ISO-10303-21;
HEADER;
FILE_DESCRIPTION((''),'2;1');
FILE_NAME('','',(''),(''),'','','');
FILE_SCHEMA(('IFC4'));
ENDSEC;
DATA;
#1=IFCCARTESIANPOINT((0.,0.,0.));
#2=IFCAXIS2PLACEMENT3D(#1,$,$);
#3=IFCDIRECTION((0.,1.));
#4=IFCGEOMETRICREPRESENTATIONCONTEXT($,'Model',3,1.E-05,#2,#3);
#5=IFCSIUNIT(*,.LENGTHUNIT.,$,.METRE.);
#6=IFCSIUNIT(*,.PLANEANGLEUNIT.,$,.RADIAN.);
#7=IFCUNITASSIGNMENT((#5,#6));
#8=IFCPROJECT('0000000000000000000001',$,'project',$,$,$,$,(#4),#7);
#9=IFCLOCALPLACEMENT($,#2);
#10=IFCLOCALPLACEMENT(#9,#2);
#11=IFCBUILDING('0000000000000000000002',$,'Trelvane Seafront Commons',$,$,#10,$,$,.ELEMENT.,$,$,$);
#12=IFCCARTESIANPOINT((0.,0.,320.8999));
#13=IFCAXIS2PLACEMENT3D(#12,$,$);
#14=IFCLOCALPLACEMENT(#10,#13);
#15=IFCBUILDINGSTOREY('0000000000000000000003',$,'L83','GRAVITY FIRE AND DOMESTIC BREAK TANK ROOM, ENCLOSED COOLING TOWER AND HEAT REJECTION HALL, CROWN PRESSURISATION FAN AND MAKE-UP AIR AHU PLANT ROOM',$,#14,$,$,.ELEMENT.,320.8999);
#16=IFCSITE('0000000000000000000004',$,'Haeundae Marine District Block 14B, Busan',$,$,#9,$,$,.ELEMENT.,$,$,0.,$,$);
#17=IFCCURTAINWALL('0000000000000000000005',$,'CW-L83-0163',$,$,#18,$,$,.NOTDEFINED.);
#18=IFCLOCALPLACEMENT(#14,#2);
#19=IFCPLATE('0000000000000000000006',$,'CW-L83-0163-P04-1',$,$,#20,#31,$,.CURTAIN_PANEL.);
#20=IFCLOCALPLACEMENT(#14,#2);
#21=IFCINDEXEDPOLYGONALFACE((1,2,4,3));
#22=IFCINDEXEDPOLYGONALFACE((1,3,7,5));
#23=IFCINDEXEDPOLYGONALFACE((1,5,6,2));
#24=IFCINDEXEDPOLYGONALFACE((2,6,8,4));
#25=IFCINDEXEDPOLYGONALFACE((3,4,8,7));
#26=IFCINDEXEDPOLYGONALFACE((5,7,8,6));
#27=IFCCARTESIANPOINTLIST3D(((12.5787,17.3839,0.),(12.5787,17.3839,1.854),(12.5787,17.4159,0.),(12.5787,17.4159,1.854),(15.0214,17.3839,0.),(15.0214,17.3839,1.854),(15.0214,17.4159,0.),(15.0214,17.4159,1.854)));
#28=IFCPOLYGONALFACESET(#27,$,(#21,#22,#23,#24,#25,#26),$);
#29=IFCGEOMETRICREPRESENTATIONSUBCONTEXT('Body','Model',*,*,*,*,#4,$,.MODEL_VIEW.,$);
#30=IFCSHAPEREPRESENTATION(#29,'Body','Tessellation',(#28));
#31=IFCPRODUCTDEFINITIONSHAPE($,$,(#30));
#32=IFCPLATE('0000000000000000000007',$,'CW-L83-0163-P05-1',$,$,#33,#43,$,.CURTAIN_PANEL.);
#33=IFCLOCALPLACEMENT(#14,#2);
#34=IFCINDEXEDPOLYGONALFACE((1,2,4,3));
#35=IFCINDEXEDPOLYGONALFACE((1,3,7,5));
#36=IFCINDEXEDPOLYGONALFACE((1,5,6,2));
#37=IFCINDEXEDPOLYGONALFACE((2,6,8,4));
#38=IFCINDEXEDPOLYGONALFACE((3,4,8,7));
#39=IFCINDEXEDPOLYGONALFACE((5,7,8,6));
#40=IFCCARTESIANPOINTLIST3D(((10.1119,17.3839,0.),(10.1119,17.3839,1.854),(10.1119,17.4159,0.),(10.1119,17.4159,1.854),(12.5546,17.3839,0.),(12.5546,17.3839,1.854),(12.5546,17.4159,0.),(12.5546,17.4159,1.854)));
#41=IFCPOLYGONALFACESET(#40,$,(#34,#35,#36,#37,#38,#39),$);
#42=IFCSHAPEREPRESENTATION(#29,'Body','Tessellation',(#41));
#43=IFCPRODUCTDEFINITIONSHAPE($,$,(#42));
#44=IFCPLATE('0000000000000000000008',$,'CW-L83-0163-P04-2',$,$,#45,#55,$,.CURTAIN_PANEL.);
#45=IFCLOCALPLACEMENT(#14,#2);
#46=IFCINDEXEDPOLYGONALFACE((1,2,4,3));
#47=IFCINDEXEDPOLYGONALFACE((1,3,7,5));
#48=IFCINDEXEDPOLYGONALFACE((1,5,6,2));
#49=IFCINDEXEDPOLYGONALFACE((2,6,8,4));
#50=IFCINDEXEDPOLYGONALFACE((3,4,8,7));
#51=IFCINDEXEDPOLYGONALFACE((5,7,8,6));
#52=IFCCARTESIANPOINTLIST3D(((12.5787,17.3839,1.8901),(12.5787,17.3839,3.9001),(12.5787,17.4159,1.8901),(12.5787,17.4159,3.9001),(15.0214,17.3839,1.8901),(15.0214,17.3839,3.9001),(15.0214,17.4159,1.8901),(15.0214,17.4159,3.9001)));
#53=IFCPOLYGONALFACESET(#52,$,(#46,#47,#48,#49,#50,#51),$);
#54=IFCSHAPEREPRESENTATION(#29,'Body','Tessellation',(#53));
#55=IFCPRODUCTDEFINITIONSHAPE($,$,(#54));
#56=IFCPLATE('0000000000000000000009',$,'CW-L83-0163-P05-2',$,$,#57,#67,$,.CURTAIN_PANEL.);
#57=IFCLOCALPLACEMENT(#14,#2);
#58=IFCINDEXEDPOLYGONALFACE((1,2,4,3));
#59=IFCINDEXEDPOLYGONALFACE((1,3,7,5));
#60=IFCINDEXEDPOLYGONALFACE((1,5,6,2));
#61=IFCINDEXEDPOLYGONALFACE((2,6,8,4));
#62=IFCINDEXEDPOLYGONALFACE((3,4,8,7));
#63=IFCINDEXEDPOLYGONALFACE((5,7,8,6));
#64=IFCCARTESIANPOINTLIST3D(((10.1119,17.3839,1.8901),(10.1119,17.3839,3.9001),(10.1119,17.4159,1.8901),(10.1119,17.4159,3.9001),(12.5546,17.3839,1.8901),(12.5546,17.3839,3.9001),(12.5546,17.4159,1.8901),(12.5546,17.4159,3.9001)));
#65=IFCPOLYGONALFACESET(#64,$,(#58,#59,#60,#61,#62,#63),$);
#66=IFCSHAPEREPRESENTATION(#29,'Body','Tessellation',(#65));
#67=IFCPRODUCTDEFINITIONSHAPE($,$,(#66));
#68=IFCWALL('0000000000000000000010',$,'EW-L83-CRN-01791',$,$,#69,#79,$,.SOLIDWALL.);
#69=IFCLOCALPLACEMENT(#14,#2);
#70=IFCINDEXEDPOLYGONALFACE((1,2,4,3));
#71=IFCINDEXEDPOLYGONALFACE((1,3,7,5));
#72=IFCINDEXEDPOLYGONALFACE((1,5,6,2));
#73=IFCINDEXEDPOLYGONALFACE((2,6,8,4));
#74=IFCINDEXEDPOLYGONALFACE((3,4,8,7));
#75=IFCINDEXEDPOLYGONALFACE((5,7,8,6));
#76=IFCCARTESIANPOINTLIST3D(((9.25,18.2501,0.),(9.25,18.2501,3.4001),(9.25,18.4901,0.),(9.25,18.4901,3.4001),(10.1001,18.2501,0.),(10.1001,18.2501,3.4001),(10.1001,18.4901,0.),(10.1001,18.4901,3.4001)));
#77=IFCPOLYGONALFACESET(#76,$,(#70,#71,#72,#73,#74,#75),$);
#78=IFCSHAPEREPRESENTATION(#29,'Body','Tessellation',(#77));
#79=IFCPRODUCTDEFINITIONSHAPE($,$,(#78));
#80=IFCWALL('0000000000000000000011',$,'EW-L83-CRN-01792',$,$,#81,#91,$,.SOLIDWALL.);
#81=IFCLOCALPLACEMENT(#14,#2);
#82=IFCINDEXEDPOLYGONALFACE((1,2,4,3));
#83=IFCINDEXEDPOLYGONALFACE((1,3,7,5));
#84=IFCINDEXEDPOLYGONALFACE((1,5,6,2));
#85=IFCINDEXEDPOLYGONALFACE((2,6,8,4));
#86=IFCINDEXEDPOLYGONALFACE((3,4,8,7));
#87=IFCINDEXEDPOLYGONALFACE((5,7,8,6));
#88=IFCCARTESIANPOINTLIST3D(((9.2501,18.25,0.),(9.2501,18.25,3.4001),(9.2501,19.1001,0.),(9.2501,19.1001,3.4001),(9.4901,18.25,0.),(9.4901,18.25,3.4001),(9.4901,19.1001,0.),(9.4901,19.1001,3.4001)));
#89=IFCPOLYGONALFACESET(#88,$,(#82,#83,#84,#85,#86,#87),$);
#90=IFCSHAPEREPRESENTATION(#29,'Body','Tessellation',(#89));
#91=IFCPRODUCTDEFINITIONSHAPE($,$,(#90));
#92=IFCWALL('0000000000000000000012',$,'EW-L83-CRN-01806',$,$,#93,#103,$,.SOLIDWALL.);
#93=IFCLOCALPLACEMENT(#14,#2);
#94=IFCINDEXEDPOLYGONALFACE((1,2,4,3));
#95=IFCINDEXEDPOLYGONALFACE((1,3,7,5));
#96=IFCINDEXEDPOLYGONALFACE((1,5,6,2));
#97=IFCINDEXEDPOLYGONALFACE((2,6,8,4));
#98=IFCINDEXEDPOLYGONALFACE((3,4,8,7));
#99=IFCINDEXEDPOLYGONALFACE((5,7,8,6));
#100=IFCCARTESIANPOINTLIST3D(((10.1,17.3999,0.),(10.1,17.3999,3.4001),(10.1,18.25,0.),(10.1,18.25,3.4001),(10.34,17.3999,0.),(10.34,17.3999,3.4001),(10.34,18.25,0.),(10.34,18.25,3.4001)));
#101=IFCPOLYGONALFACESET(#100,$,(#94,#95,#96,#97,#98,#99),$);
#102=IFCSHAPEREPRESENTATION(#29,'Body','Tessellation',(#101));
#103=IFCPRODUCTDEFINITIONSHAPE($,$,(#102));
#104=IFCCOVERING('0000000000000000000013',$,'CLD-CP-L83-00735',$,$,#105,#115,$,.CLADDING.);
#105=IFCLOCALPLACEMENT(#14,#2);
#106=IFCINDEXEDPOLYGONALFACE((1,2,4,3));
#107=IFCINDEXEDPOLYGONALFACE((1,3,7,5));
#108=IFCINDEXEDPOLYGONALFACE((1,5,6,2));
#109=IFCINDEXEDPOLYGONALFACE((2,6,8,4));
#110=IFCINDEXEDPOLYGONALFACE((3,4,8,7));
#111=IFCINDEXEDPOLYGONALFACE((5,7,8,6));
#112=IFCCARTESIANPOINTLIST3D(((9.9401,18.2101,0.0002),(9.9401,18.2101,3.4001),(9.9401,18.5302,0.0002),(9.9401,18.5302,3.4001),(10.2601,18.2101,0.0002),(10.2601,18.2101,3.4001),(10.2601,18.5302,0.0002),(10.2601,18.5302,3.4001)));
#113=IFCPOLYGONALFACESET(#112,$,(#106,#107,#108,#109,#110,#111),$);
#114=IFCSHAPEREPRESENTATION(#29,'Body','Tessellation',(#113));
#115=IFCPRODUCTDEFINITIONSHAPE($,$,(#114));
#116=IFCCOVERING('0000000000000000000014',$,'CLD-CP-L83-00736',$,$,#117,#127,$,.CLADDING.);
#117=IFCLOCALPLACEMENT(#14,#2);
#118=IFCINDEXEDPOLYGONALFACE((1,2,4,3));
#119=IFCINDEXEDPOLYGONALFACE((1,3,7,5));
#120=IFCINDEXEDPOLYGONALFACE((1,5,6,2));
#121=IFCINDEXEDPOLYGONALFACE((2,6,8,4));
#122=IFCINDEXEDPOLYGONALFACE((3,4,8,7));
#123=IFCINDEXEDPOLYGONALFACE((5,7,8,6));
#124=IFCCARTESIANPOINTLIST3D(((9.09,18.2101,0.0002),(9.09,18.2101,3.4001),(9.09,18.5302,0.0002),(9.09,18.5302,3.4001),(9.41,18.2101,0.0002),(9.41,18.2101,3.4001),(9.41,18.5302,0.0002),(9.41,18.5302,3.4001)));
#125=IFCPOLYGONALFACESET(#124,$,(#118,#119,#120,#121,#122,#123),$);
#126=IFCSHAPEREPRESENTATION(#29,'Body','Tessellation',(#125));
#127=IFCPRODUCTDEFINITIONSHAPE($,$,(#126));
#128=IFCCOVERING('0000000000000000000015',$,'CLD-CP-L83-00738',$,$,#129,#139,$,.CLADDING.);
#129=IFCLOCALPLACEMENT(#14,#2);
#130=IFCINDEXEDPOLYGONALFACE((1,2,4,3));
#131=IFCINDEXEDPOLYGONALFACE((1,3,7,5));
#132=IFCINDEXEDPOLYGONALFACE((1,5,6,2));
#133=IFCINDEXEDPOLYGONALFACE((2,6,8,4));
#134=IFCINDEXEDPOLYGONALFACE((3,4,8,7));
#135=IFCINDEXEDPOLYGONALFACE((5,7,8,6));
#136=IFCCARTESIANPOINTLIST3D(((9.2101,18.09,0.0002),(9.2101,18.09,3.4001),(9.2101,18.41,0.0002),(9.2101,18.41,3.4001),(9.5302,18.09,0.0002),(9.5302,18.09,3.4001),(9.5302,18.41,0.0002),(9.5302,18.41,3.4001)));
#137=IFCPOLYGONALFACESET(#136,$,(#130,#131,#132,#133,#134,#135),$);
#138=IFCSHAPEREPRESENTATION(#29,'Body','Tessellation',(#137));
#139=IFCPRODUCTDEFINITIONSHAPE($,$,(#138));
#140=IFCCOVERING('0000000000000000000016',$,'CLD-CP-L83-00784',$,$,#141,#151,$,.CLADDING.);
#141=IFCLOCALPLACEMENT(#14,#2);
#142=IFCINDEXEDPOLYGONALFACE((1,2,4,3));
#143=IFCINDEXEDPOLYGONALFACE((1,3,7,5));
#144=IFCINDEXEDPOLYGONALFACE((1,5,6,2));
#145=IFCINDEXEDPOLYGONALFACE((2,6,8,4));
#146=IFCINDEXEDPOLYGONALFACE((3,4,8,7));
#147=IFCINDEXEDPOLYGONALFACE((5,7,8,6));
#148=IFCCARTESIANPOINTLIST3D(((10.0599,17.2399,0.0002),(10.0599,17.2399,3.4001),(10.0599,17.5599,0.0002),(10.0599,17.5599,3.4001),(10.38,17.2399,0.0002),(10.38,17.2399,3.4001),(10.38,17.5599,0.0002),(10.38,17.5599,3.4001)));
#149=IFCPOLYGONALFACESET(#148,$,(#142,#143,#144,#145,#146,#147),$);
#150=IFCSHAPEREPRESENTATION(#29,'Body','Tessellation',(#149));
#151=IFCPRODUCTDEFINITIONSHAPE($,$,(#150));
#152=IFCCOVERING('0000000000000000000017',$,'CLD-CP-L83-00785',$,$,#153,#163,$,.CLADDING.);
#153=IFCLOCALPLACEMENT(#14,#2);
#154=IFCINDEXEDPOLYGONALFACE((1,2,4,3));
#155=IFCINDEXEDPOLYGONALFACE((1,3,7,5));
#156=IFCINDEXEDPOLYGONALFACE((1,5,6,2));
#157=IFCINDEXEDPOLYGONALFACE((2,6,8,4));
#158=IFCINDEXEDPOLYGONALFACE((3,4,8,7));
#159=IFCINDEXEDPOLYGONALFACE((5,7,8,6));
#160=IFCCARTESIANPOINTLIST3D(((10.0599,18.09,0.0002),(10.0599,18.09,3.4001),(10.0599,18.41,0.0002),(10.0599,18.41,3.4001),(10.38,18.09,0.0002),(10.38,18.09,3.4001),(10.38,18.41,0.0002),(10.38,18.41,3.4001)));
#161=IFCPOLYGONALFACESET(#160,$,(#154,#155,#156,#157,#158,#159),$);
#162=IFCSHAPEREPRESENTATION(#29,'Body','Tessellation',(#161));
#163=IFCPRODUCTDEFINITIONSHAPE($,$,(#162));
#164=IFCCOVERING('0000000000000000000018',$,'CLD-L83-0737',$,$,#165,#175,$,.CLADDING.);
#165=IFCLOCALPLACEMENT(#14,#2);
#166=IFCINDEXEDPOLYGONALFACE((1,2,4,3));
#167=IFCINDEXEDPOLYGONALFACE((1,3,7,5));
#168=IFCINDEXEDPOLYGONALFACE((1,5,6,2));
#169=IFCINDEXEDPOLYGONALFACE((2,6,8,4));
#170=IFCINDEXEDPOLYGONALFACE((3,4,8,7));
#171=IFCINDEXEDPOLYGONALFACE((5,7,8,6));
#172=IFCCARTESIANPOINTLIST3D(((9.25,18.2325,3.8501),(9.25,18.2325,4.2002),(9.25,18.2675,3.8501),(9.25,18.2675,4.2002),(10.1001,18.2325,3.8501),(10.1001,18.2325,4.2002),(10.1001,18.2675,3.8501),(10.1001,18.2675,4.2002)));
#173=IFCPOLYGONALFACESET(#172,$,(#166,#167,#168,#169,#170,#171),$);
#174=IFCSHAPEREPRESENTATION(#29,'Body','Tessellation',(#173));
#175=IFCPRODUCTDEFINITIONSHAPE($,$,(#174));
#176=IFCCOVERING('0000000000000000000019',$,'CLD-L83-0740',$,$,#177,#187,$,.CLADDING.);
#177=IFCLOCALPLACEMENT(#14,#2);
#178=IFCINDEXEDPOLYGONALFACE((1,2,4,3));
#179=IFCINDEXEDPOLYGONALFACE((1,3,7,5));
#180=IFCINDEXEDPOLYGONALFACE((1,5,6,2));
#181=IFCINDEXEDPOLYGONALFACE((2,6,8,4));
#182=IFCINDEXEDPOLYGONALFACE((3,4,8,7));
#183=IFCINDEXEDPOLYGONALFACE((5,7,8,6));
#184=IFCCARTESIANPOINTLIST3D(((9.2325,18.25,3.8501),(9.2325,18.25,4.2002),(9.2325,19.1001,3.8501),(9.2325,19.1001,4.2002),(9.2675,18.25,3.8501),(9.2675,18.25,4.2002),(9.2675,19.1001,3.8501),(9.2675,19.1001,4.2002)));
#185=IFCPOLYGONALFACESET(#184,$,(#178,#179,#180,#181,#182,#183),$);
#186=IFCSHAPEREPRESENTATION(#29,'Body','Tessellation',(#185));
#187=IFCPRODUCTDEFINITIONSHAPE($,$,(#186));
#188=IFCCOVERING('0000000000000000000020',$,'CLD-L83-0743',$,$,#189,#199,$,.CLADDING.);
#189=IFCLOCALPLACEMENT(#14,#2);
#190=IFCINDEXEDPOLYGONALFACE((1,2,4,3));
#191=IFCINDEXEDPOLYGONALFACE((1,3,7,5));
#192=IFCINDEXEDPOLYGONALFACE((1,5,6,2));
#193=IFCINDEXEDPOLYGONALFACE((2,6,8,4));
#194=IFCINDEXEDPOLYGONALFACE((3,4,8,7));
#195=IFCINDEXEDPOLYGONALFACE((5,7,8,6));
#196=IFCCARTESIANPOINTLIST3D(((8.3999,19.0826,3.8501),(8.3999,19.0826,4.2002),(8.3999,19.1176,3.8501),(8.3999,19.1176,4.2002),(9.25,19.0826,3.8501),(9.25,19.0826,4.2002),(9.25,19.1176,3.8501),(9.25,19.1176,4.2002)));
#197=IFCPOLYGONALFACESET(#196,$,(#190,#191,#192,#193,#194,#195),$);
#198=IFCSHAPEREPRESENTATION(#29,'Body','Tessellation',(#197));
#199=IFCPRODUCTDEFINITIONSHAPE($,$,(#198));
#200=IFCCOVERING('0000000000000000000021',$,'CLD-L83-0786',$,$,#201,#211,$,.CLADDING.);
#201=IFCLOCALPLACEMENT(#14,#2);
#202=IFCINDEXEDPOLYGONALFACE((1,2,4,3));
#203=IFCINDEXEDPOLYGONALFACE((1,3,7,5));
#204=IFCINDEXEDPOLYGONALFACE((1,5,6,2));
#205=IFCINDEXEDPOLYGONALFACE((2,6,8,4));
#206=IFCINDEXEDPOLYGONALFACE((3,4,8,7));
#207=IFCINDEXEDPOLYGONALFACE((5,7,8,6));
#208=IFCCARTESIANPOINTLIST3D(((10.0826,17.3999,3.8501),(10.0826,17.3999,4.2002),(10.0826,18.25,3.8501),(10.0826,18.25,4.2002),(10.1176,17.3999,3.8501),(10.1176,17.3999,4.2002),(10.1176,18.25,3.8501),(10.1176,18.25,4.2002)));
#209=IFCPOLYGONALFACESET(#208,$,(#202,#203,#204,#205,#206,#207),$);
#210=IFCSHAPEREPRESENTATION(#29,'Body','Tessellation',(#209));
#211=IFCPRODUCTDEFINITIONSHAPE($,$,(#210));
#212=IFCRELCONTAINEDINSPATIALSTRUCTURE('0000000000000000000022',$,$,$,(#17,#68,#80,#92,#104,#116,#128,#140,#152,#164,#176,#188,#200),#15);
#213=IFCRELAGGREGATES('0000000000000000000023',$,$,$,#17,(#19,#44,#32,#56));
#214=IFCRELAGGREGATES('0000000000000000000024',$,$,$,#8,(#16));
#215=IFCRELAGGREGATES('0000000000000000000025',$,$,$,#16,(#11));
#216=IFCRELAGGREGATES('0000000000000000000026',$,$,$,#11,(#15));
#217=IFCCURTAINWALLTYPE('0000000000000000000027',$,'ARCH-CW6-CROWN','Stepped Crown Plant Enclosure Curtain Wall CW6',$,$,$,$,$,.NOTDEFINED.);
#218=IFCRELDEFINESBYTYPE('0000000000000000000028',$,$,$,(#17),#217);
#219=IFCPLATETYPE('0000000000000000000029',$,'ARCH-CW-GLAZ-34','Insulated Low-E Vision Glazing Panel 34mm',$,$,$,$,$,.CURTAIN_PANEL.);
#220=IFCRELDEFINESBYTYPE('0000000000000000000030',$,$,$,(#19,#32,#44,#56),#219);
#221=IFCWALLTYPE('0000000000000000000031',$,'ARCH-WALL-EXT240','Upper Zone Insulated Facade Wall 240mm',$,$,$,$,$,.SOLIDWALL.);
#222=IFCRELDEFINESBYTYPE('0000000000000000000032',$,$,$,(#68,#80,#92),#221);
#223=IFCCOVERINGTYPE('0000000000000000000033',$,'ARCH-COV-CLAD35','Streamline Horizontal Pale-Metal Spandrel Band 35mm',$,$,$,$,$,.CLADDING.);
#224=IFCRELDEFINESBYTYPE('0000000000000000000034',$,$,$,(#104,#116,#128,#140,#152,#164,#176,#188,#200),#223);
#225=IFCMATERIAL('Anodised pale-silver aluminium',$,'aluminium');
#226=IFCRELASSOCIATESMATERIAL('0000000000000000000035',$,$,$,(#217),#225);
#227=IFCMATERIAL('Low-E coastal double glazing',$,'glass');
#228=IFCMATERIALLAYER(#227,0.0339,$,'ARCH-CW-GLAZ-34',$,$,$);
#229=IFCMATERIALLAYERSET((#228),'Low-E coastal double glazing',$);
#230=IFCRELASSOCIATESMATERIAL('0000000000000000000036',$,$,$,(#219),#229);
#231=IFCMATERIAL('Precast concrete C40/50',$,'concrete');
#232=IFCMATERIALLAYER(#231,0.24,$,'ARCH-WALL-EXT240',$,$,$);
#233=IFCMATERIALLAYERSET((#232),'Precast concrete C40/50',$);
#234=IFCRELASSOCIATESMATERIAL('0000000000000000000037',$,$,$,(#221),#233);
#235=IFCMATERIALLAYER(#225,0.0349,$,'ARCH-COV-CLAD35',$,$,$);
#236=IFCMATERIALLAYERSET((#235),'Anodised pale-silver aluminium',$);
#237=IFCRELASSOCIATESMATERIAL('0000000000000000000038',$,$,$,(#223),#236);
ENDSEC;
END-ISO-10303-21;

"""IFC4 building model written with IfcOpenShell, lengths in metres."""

from ifc_helpers import new_model, si_unit, direction, frame, frame_2d, origin, origin_2d, place, context, subcontext, project, spatial, rectangle, extrude, source, transform, mapped, material, layer, layer_set, type_object, element, aggregate, save


model = new_model("IFC4")

# Units and contexts
model_context = context("Model", 3, precision=1e-05, world=origin(), true_north=direction((0.0, 1.0)))
body_context = subcontext(model_context, "Body", "Model", "MODEL_VIEW")
ifc_project = project(units=[si_unit("LENGTHUNIT", "METRE"), si_unit("PLANEANGLEUNIT", "RADIAN")], contexts=[model_context])

# Site, building, storey
site_placement = place(None, origin())
site = spatial("IfcSite", under=ifc_project, at=site_placement, Name="Haeundae Marine District Block 14B, Busan", CompositionType="ELEMENT", RefElevation=0.0)
building_placement = place(site_placement, origin())
building = spatial("IfcBuilding", under=site, at=building_placement, Name="Trelvane Seafront Commons", CompositionType="ELEMENT")
storey_placement = place(building_placement, frame((0.0, 0.0, 320.8999)))
storey = spatial("IfcBuildingStorey", under=building, at=storey_placement, Name="L83", Description="GRAVITY FIRE AND DOMESTIC BREAK TANK ROOM, ENCLOSED COOLING TOWER AND HEAT REJECTION HALL, CROWN PRESSURISATION FAN AND MAKE-UP AIR AHU PLANT ROOM", CompositionType="ELEMENT", Elevation=320.8999)

# Curtain wall
ifc_material_1 = material(Name="Anodised pale-silver aluminium", Category="aluminium")
curtain_wall_type = type_object("IfcCurtainWallType", Name="ARCH-CW6-CROWN", Description="Stepped Crown Plant Enclosure Curtain Wall CW6", PredefinedType="NOTDEFINED", material=ifc_material_1)
curtain_wall_placement = place(storey_placement, origin())
curtain_wall = element("IfcCurtainWall", 1, at=curtain_wall_placement, inside=storey, type_object=curtain_wall_type, Name="CW-L83-0163", PredefinedType="NOTDEFINED")

# Plates
ifc_material_2 = material(Name="Low-E coastal double glazing", Category="glass")
ifc_layer_1 = layer(ifc_material_2, 0.0339, Name="ARCH-CW-GLAZ-34")
ifc_layer_set_1 = layer_set([ifc_layer_1], Name="Low-E coastal double glazing")
plate_type = type_object("IfcPlateType", Name="ARCH-CW-GLAZ-34", Description="Insulated Low-E Vision Glazing Panel 34mm", PredefinedType="CURTAIN_PANEL", material=ifc_layer_set_1)
shared_shape_1 = source(origin(), body_context, "Body", "SweptSolid", [
    extrude(rectangle(XDim=2.4426, YDim=0.032, at=origin_2d()), origin(), (0.0, 0.0, 1.0), 1.854),
])
plate_1_placement = place(storey_placement, frame((13.8, 17.3999, 0.0), z_axis=(0.0, 0.0, 1.0), x_axis=(-1.0, 0.0, 0.0)))
plate_1 = element("IfcPlate", 2, at=plate_1_placement, type_object=plate_type, Name="CW-L83-0163-P04-1", PredefinedType="CURTAIN_PANEL", context=body_context, shape_type="MappedRepresentation", body=[
    mapped(shared_shape_1, transform((0.0, 0.0, 0.0), x_axis=(1.0, 0.0, 0.0), y_axis=(0.0, 1.0, 0.0), z_axis=(0.0, 0.0, 1.0), scale=1.0)),
])
plate_2_placement = place(storey_placement, frame((11.3333, 17.3999, 0.0), z_axis=(0.0, 0.0, 1.0), x_axis=(-1.0, 0.0, 0.0)))
plate_2 = element("IfcPlate", 3, at=plate_2_placement, type_object=plate_type, Name="CW-L83-0163-P05-1", PredefinedType="CURTAIN_PANEL", context=body_context, shape_type="MappedRepresentation", body=[
    mapped(shared_shape_1, transform((0.0, 0.0, 0.0), x_axis=(1.0, 0.0, 0.0), y_axis=(0.0, 1.0, 0.0), z_axis=(0.0, 0.0, 1.0), scale=1.0)),
])
shared_shape_2 = source(origin(), body_context, "Body", "SweptSolid", [
    extrude(rectangle(XDim=2.4426, YDim=0.032, at=origin_2d()), origin(), (0.0, 0.0, 1.0), 2.01),
])
plate_3_placement = place(storey_placement, frame((13.8, 17.3999, 1.8901), z_axis=(0.0, 0.0, 1.0), x_axis=(-1.0, 0.0, 0.0)))
plate_3 = element("IfcPlate", 4, at=plate_3_placement, type_object=plate_type, Name="CW-L83-0163-P04-2", PredefinedType="CURTAIN_PANEL", context=body_context, shape_type="MappedRepresentation", body=[
    mapped(shared_shape_2, transform((0.0, 0.0, 0.0), x_axis=(1.0, 0.0, 0.0), y_axis=(0.0, 1.0, 0.0), z_axis=(0.0, 0.0, 1.0), scale=1.0)),
])
plate_4_placement = place(storey_placement, frame((11.3333, 17.3999, 1.8901), z_axis=(0.0, 0.0, 1.0), x_axis=(-1.0, 0.0, 0.0)))
plate_4 = element("IfcPlate", 5, at=plate_4_placement, type_object=plate_type, Name="CW-L83-0163-P05-2", PredefinedType="CURTAIN_PANEL", context=body_context, shape_type="MappedRepresentation", body=[
    mapped(shared_shape_2, transform((0.0, 0.0, 0.0), x_axis=(1.0, 0.0, 0.0), y_axis=(0.0, 1.0, 0.0), z_axis=(0.0, 0.0, 1.0), scale=1.0)),
])
aggregate(curtain_wall, [plate_1, plate_3, plate_2, plate_4])

# Walls
ifc_material_3 = material(Name="Precast concrete C40/50", Category="concrete")
ifc_layer_2 = layer(ifc_material_3, 0.24, Name="ARCH-WALL-EXT240")
ifc_layer_set_2 = layer_set([ifc_layer_2], Name="Precast concrete C40/50")
wall_type = type_object("IfcWallType", Name="ARCH-WALL-EXT240", Description="Upper Zone Insulated Facade Wall 240mm", PredefinedType="SOLIDWALL", material=ifc_layer_set_2)
for number, where, z_axis, x_axis, name in (
    (6, (10.1001, 18.3701, 0.0), (0.0, 0.0, 1.0), (-1.0, 0.0, 0.0), "EW-L83-CRN-01791"),
    (7, (9.3701, 18.25, 0.0), (0.0, 0.0, 1.0), (0.0, 1.0, 0.0), "EW-L83-CRN-01792"),
    (8, (10.22, 17.3999, 0.0), (0.0, 0.0, 1.0), (0.0, 1.0, 0.0), "EW-L83-CRN-01806"),
):
    element("IfcWall", number, at=place(storey_placement, frame(where, z_axis=z_axis, x_axis=x_axis)), inside=storey, type_object=wall_type, Name=name, PredefinedType="SOLIDWALL", context=body_context, shape_type="SweptSolid", body=[
        extrude(rectangle(XDim=0.8501, YDim=0.24, at=frame_2d((0.425, 0.0))), origin(), (0.0, 0.0, 1.0), 3.4001),
    ])

# Coverings
ifc_layer_3 = layer(ifc_material_1, 0.0349, Name="ARCH-COV-CLAD35")
ifc_layer_set_3 = layer_set([ifc_layer_3], Name="Anodised pale-silver aluminium")
covering_type = type_object("IfcCoveringType", Name="ARCH-COV-CLAD35", Description="Streamline Horizontal Pale-Metal Spandrel Band 35mm", PredefinedType="CLADDING", material=ifc_layer_set_3)
shared_shape_3 = source(origin(), body_context, "Body", "SweptSolid", [
    extrude(rectangle(XDim=0.3201, YDim=0.3201, at=origin_2d()), origin(), (0.0, 0.0, 1.0), 3.3999),
])
for number, where, z_axis, x_axis, name in (
    (9, (10.1001, 18.3701, 0.0002), (0.0, 0.0, 1.0), (1.0, 0.0, 0.0), "CLD-CP-L83-00735"),
    (10, (9.25, 18.3701, 0.0002), (0.0, 0.0, 1.0), (1.0, 0.0, 0.0), "CLD-CP-L83-00736"),
    (11, (9.3701, 18.25, 0.0002), (0.0, 0.0, 1.0), (1.0, 0.0, 0.0), "CLD-CP-L83-00738"),
    (12, (10.22, 17.3999, 0.0002), (0.0, 0.0, 1.0), (1.0, 0.0, 0.0), "CLD-CP-L83-00784"),
    (13, (10.22, 18.25, 0.0002), (0.0, 0.0, 1.0), (1.0, 0.0, 0.0), "CLD-CP-L83-00785"),
):
    element("IfcCovering", number, at=place(storey_placement, frame(where, z_axis=z_axis, x_axis=x_axis)), inside=storey, type_object=covering_type, Name=name, PredefinedType="CLADDING", context=body_context, shape_type="MappedRepresentation", body=[
        mapped(shared_shape_3, transform((0.0, 0.0, 0.0), x_axis=(1.0, 0.0, 0.0), y_axis=(0.0, 1.0, 0.0), z_axis=(0.0, 0.0, 1.0), scale=1.0)),
    ])
shared_shape_4 = source(origin(), body_context, "Body", "SweptSolid", [
    extrude(rectangle(XDim=0.8501, YDim=0.0349, at=origin_2d()), origin(), (0.0, 0.0, 1.0), 0.3501),
])
for number, where, z_axis, x_axis, name in (
    (14, (9.675, 18.25, 3.8501), (0.0, 0.0, 1.0), (-1.0, 0.0, 0.0), "CLD-L83-0737"),
    (15, (9.25, 18.675, 3.8501), (0.0, 0.0, 1.0), (0.0, 1.0, 0.0), "CLD-L83-0740"),
    (16, (8.825, 19.1001, 3.8501), (0.0, 0.0, 1.0), (-1.0, 0.0, 0.0), "CLD-L83-0743"),
    (17, (10.1001, 17.825, 3.8501), (0.0, 0.0, 1.0), (0.0, 1.0, 0.0), "CLD-L83-0786"),
):
    element("IfcCovering", number, at=place(storey_placement, frame(where, z_axis=z_axis, x_axis=x_axis)), inside=storey, type_object=covering_type, Name=name, PredefinedType="CLADDING", context=body_context, shape_type="MappedRepresentation", body=[
        mapped(shared_shape_4, transform((0.0, 0.0, 0.0), x_axis=(1.0, 0.0, 0.0), y_axis=(0.0, 1.0, 0.0), z_axis=(0.0, 0.0, 1.0), scale=1.0)),
    ])

save(model, "model.ifc")
